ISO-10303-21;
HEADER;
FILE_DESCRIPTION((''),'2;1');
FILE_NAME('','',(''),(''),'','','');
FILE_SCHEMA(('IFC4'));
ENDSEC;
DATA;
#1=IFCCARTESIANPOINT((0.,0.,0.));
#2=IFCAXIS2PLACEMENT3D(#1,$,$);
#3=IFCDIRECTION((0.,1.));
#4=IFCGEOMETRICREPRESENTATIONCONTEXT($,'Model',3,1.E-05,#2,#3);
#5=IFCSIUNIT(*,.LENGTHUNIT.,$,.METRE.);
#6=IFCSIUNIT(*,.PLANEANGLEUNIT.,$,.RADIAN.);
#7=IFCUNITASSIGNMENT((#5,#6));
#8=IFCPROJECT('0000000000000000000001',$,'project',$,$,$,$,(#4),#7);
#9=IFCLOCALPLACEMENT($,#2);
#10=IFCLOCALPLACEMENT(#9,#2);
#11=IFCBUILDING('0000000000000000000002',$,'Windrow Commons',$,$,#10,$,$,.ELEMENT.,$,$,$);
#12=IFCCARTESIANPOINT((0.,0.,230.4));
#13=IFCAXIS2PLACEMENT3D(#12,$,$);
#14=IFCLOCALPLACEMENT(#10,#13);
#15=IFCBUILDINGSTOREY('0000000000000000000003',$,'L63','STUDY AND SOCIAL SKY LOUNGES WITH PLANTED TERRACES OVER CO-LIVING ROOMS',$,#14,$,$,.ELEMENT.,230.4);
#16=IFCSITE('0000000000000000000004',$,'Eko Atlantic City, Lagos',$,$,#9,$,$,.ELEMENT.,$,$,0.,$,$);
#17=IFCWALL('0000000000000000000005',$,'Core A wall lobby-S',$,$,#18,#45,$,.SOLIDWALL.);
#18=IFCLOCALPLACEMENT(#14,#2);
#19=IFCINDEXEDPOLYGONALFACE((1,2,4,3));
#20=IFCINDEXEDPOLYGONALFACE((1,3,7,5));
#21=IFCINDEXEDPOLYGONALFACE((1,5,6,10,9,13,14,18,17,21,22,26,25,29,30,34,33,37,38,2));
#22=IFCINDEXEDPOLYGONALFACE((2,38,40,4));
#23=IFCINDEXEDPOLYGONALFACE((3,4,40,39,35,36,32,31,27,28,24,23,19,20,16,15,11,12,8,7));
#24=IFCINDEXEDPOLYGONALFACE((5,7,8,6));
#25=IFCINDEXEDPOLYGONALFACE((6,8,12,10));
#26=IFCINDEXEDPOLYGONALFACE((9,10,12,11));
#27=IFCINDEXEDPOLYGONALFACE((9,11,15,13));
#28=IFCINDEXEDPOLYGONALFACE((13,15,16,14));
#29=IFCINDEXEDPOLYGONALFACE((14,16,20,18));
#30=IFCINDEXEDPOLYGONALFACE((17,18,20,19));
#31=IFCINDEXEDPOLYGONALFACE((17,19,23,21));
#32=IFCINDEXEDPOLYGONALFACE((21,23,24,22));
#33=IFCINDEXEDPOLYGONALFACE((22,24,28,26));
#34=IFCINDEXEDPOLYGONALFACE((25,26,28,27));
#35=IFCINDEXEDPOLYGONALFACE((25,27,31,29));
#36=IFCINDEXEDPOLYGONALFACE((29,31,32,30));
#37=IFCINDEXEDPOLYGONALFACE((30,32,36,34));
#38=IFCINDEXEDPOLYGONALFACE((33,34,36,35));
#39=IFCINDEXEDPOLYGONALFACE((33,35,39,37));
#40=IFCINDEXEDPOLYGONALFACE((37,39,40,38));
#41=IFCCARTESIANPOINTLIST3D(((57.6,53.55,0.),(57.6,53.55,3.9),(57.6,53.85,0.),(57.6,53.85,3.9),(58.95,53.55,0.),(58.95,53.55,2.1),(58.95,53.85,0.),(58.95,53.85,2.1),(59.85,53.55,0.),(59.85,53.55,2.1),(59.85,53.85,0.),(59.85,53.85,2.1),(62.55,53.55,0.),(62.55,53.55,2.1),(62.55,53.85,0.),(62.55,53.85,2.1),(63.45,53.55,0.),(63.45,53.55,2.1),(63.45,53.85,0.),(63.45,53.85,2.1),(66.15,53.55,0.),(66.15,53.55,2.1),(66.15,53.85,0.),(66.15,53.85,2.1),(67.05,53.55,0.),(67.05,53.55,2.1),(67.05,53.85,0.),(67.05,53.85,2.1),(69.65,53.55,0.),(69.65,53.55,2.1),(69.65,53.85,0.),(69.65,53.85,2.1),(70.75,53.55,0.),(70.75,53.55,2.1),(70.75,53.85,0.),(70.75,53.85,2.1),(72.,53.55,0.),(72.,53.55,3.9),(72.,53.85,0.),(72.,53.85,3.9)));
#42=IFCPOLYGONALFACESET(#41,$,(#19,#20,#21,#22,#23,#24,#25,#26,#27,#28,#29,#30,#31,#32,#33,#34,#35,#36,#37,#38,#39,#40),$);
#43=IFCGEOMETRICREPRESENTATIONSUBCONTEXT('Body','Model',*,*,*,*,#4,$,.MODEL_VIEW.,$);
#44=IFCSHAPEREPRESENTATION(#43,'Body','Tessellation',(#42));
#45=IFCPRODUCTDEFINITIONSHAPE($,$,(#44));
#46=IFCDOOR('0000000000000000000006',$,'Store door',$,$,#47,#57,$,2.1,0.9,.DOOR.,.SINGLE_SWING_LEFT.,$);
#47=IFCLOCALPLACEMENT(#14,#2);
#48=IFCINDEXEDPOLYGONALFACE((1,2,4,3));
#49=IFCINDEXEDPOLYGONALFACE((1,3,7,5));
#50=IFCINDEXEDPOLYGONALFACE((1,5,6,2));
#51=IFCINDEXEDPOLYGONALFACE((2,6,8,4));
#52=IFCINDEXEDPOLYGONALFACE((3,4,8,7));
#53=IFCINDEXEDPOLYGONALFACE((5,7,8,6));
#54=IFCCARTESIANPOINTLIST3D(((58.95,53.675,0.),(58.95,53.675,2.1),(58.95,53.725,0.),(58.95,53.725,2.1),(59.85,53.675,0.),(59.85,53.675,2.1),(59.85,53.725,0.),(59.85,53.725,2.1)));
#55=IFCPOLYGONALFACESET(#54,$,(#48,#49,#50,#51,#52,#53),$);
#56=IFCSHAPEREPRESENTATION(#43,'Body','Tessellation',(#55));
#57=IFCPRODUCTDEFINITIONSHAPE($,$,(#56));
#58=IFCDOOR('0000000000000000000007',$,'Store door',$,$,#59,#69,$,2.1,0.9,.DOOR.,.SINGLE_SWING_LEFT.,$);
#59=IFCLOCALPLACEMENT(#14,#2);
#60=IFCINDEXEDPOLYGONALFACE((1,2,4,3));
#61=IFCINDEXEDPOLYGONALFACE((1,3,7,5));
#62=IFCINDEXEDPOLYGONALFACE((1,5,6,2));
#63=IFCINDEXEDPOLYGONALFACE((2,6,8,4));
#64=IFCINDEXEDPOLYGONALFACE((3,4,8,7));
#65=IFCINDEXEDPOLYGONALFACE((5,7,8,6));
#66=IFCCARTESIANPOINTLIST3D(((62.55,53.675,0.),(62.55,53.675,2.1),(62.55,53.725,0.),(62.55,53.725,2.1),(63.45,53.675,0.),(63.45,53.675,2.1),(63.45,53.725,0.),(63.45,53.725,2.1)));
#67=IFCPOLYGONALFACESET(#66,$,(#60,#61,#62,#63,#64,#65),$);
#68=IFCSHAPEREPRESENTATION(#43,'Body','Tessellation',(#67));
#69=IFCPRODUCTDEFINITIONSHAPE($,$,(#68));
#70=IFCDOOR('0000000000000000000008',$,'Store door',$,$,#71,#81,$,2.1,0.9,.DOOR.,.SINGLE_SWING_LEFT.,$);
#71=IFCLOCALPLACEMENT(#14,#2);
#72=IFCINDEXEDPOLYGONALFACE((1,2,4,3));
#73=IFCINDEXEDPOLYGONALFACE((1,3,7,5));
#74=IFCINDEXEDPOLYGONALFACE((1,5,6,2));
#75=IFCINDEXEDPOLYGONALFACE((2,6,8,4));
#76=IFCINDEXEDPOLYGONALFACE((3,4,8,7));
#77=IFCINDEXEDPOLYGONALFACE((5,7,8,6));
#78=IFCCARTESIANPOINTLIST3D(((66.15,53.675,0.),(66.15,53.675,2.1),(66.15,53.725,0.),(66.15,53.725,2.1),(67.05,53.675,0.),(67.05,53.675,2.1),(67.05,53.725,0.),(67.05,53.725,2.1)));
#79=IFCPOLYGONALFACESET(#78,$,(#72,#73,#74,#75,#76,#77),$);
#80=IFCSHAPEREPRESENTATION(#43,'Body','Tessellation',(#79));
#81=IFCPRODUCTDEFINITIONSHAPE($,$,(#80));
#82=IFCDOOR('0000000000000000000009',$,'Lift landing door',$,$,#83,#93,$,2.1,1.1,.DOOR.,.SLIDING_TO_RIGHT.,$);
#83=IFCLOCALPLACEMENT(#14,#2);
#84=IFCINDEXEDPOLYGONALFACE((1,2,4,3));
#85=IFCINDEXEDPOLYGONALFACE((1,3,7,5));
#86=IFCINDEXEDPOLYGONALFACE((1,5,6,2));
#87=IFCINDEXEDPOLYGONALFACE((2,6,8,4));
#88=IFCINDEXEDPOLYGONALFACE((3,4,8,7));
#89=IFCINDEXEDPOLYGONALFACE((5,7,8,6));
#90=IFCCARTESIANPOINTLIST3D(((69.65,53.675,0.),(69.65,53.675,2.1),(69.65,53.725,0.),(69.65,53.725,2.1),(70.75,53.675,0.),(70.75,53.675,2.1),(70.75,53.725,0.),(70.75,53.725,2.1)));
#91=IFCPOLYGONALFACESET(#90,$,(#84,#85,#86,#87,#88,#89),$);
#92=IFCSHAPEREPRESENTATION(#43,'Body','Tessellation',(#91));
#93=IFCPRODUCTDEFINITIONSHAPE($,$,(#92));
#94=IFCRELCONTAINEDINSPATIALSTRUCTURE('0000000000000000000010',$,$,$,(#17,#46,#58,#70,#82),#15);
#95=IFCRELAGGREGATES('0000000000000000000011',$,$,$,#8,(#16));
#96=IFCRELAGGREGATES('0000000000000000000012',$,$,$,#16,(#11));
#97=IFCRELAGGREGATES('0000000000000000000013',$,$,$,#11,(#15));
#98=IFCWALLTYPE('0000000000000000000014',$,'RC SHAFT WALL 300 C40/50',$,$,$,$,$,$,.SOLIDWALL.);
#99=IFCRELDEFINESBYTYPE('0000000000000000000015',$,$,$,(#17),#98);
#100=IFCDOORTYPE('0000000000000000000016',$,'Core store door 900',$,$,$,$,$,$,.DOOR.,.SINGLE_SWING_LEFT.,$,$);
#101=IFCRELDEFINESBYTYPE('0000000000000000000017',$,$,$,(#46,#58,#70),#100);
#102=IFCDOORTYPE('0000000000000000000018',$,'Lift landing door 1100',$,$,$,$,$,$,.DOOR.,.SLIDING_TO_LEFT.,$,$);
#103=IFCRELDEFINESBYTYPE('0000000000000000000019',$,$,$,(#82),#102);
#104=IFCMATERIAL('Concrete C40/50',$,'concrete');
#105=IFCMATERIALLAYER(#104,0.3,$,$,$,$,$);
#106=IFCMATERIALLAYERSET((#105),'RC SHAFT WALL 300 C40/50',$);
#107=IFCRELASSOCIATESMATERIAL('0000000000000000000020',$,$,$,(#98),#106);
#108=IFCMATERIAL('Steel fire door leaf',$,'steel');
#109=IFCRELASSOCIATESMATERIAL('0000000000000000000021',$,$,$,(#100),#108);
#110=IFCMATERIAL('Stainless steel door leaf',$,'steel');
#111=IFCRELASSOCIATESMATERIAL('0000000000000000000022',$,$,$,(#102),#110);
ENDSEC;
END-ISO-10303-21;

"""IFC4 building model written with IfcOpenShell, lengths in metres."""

from ifc_helpers import new_model, si_unit, direction, frame, frame_2d, origin, place, context, subcontext, project, spatial, rectangle, extrude, material, layer, layer_set, type_object, element, fill, save


model = new_model("IFC4")

# Units and contexts
model_context = context("Model", 3, precision=1e-05, world=origin(), true_north=direction((0.0, 1.0)))
body_context = subcontext(model_context, "Body", "Model", "MODEL_VIEW")
ifc_project = project(units=[si_unit("LENGTHUNIT", "METRE"), si_unit("PLANEANGLEUNIT", "RADIAN")], contexts=[model_context])

# Site, building, storey
site_placement = place(None, origin())
site = spatial("IfcSite", under=ifc_project, at=site_placement, Name="Eko Atlantic City, Lagos", CompositionType="ELEMENT", RefElevation=0.0)
building_placement = place(site_placement, origin())
building = spatial("IfcBuilding", under=site, at=building_placement, Name="Windrow Commons", CompositionType="ELEMENT")
storey_placement = place(building_placement, frame((0.0, 0.0, 230.4)))
storey = spatial("IfcBuildingStorey", under=building, at=storey_placement, Name="L63", Description="STUDY AND SOCIAL SKY LOUNGES WITH PLANTED TERRACES OVER CO-LIVING ROOMS", CompositionType="ELEMENT", Elevation=230.4)

# Shared definitions
ifc_material_1 = material(Name="Concrete C40/50", Category="concrete")
ifc_layer_1 = layer(ifc_material_1, 0.3)
ifc_layer_set_1 = layer_set([ifc_layer_1], Name="RC SHAFT WALL 300 C40/50")
wall_type_1 = type_object("IfcWallType", Name="RC SHAFT WALL 300 C40/50", PredefinedType="SOLIDWALL", material=ifc_layer_set_1)

# Wall, openings, doors
wall_1_placement = place(storey_placement, frame((57.6, 53.7, 0.0), z_axis=(0.0, 0.0, 1.0), x_axis=(1.0, 0.0, 0.0)))
wall_1 = element("IfcWall", 1, at=wall_1_placement, inside=storey, type_object=wall_type_1, Name="Core A wall lobby-S", PredefinedType="SOLIDWALL", context=body_context, shape_type="SweptSolid", body=[
    extrude(rectangle(XDim=14.4, YDim=0.3, at=frame_2d((7.2, 0.0))), origin(), (0.0, 0.0, 1.0), 3.9),
])
opening_1_placement = place(wall_1_placement, frame((1.35, 0.0, 0.0)))
opening_1 = element("IfcOpeningElement", 2, at=opening_1_placement, cuts=wall_1, PredefinedType="OPENING", context=body_context, shape_type="SweptSolid", body=[
    extrude(rectangle(XDim=0.9, YDim=2.1, at=frame_2d((0.45, 1.05))), frame((0.0, 0.16, 0.0), z_axis=(0.0, -1.0, 0.0), x_axis=(1.0, 0.0, 0.0)), (0.0, 0.0, 1.0), 0.32),
])
opening_2_placement = place(wall_1_placement, frame((4.95, 0.0, 0.0)))
opening_2 = element("IfcOpeningElement", 3, at=opening_2_placement, cuts=wall_1, PredefinedType="OPENING", context=body_context, shape_type="SweptSolid", body=[
    extrude(rectangle(XDim=0.9, YDim=2.1, at=frame_2d((0.45, 1.05))), frame((0.0, 0.16, 0.0), z_axis=(0.0, -1.0, 0.0), x_axis=(1.0, 0.0, 0.0)), (0.0, 0.0, 1.0), 0.32),
])
opening_3_placement = place(wall_1_placement, frame((8.55, 0.0, 0.0)))
opening_3 = element("IfcOpeningElement", 4, at=opening_3_placement, cuts=wall_1, PredefinedType="OPENING", context=body_context, shape_type="SweptSolid", body=[
    extrude(rectangle(XDim=0.9, YDim=2.1, at=frame_2d((0.45, 1.05))), frame((0.0, 0.16, 0.0), z_axis=(0.0, -1.0, 0.0), x_axis=(1.0, 0.0, 0.0)), (0.0, 0.0, 1.0), 0.32),
])
opening_4_placement = place(wall_1_placement, frame((12.05, 0.0, 0.0)))
opening_4 = element("IfcOpeningElement", 5, at=opening_4_placement, cuts=wall_1, PredefinedType="OPENING", context=body_context, shape_type="SweptSolid", body=[
    extrude(rectangle(XDim=1.1, YDim=2.1, at=frame_2d((0.55, 1.05))), frame((0.0, 0.16, 0.0), z_axis=(0.0, -1.0, 0.0), x_axis=(1.0, 0.0, 0.0)), (0.0, 0.0, 1.0), 0.32),
])
ifc_material_2 = material(Name="Steel fire door leaf", Category="steel")
door_type_1 = type_object("IfcDoorType", Name="Core store door 900", OperationType="SINGLE_SWING_LEFT", PredefinedType="DOOR", material=ifc_material_2)
door_1_placement = place(opening_1_placement, origin())
door_1 = element("IfcDoor", 6, at=door_1_placement, inside=storey, type_object=door_type_1, Name="Store door", OperationType="SINGLE_SWING_LEFT", OverallHeight=2.1, OverallWidth=0.9, PredefinedType="DOOR", context=body_context, shape_type="SweptSolid", body=[
    extrude(rectangle(XDim=0.9, YDim=2.1, at=frame_2d((0.45, 1.05))), frame((0.0, 0.025, 0.0), z_axis=(0.0, -1.0, 0.0), x_axis=(1.0, 0.0, 0.0)), (0.0, 0.0, 1.0), 0.05),
])
fill(opening_1, door_1)
door_2_placement = place(opening_2_placement, origin())
door_2 = element("IfcDoor", 7, at=door_2_placement, inside=storey, type_object=door_type_1, Name="Store door", OperationType="SINGLE_SWING_LEFT", OverallHeight=2.1, OverallWidth=0.9, PredefinedType="DOOR", context=body_context, shape_type="SweptSolid", body=[
    extrude(rectangle(XDim=0.9, YDim=2.1, at=frame_2d((0.45, 1.05))), frame((0.0, 0.025, 0.0), z_axis=(0.0, -1.0, 0.0), x_axis=(1.0, 0.0, 0.0)), (0.0, 0.0, 1.0), 0.05),
])
fill(opening_2, door_2)
door_3_placement = place(opening_3_placement, origin())
door_3 = element("IfcDoor", 8, at=door_3_placement, inside=storey, type_object=door_type_1, Name="Store door", OperationType="SINGLE_SWING_LEFT", OverallHeight=2.1, OverallWidth=0.9, PredefinedType="DOOR", context=body_context, shape_type="SweptSolid", body=[
    extrude(rectangle(XDim=0.9, YDim=2.1, at=frame_2d((0.45, 1.05))), frame((0.0, 0.025, 0.0), z_axis=(0.0, -1.0, 0.0), x_axis=(1.0, 0.0, 0.0)), (0.0, 0.0, 1.0), 0.05),
])
fill(opening_3, door_3)
ifc_material_3 = material(Name="Stainless steel door leaf", Category="steel")
door_type_2 = type_object("IfcDoorType", Name="Lift landing door 1100", OperationType="SLIDING_TO_LEFT", PredefinedType="DOOR", material=ifc_material_3)
door_4_placement = place(opening_4_placement, origin())
door_4 = element("IfcDoor", 9, at=door_4_placement, inside=storey, type_object=door_type_2, Name="Lift landing door", OperationType="SLIDING_TO_RIGHT", OverallHeight=2.1, OverallWidth=1.1, PredefinedType="DOOR", context=body_context, shape_type="SweptSolid", body=[
    extrude(rectangle(XDim=1.1, YDim=2.1, at=frame_2d((0.55, 1.05))), frame((0.0, 0.025, 0.0), z_axis=(0.0, -1.0, 0.0), x_axis=(1.0, 0.0, 0.0)), (0.0, 0.0, 1.0), 0.05),
])
fill(opening_4, door_4)

save(model, "model.ifc")
